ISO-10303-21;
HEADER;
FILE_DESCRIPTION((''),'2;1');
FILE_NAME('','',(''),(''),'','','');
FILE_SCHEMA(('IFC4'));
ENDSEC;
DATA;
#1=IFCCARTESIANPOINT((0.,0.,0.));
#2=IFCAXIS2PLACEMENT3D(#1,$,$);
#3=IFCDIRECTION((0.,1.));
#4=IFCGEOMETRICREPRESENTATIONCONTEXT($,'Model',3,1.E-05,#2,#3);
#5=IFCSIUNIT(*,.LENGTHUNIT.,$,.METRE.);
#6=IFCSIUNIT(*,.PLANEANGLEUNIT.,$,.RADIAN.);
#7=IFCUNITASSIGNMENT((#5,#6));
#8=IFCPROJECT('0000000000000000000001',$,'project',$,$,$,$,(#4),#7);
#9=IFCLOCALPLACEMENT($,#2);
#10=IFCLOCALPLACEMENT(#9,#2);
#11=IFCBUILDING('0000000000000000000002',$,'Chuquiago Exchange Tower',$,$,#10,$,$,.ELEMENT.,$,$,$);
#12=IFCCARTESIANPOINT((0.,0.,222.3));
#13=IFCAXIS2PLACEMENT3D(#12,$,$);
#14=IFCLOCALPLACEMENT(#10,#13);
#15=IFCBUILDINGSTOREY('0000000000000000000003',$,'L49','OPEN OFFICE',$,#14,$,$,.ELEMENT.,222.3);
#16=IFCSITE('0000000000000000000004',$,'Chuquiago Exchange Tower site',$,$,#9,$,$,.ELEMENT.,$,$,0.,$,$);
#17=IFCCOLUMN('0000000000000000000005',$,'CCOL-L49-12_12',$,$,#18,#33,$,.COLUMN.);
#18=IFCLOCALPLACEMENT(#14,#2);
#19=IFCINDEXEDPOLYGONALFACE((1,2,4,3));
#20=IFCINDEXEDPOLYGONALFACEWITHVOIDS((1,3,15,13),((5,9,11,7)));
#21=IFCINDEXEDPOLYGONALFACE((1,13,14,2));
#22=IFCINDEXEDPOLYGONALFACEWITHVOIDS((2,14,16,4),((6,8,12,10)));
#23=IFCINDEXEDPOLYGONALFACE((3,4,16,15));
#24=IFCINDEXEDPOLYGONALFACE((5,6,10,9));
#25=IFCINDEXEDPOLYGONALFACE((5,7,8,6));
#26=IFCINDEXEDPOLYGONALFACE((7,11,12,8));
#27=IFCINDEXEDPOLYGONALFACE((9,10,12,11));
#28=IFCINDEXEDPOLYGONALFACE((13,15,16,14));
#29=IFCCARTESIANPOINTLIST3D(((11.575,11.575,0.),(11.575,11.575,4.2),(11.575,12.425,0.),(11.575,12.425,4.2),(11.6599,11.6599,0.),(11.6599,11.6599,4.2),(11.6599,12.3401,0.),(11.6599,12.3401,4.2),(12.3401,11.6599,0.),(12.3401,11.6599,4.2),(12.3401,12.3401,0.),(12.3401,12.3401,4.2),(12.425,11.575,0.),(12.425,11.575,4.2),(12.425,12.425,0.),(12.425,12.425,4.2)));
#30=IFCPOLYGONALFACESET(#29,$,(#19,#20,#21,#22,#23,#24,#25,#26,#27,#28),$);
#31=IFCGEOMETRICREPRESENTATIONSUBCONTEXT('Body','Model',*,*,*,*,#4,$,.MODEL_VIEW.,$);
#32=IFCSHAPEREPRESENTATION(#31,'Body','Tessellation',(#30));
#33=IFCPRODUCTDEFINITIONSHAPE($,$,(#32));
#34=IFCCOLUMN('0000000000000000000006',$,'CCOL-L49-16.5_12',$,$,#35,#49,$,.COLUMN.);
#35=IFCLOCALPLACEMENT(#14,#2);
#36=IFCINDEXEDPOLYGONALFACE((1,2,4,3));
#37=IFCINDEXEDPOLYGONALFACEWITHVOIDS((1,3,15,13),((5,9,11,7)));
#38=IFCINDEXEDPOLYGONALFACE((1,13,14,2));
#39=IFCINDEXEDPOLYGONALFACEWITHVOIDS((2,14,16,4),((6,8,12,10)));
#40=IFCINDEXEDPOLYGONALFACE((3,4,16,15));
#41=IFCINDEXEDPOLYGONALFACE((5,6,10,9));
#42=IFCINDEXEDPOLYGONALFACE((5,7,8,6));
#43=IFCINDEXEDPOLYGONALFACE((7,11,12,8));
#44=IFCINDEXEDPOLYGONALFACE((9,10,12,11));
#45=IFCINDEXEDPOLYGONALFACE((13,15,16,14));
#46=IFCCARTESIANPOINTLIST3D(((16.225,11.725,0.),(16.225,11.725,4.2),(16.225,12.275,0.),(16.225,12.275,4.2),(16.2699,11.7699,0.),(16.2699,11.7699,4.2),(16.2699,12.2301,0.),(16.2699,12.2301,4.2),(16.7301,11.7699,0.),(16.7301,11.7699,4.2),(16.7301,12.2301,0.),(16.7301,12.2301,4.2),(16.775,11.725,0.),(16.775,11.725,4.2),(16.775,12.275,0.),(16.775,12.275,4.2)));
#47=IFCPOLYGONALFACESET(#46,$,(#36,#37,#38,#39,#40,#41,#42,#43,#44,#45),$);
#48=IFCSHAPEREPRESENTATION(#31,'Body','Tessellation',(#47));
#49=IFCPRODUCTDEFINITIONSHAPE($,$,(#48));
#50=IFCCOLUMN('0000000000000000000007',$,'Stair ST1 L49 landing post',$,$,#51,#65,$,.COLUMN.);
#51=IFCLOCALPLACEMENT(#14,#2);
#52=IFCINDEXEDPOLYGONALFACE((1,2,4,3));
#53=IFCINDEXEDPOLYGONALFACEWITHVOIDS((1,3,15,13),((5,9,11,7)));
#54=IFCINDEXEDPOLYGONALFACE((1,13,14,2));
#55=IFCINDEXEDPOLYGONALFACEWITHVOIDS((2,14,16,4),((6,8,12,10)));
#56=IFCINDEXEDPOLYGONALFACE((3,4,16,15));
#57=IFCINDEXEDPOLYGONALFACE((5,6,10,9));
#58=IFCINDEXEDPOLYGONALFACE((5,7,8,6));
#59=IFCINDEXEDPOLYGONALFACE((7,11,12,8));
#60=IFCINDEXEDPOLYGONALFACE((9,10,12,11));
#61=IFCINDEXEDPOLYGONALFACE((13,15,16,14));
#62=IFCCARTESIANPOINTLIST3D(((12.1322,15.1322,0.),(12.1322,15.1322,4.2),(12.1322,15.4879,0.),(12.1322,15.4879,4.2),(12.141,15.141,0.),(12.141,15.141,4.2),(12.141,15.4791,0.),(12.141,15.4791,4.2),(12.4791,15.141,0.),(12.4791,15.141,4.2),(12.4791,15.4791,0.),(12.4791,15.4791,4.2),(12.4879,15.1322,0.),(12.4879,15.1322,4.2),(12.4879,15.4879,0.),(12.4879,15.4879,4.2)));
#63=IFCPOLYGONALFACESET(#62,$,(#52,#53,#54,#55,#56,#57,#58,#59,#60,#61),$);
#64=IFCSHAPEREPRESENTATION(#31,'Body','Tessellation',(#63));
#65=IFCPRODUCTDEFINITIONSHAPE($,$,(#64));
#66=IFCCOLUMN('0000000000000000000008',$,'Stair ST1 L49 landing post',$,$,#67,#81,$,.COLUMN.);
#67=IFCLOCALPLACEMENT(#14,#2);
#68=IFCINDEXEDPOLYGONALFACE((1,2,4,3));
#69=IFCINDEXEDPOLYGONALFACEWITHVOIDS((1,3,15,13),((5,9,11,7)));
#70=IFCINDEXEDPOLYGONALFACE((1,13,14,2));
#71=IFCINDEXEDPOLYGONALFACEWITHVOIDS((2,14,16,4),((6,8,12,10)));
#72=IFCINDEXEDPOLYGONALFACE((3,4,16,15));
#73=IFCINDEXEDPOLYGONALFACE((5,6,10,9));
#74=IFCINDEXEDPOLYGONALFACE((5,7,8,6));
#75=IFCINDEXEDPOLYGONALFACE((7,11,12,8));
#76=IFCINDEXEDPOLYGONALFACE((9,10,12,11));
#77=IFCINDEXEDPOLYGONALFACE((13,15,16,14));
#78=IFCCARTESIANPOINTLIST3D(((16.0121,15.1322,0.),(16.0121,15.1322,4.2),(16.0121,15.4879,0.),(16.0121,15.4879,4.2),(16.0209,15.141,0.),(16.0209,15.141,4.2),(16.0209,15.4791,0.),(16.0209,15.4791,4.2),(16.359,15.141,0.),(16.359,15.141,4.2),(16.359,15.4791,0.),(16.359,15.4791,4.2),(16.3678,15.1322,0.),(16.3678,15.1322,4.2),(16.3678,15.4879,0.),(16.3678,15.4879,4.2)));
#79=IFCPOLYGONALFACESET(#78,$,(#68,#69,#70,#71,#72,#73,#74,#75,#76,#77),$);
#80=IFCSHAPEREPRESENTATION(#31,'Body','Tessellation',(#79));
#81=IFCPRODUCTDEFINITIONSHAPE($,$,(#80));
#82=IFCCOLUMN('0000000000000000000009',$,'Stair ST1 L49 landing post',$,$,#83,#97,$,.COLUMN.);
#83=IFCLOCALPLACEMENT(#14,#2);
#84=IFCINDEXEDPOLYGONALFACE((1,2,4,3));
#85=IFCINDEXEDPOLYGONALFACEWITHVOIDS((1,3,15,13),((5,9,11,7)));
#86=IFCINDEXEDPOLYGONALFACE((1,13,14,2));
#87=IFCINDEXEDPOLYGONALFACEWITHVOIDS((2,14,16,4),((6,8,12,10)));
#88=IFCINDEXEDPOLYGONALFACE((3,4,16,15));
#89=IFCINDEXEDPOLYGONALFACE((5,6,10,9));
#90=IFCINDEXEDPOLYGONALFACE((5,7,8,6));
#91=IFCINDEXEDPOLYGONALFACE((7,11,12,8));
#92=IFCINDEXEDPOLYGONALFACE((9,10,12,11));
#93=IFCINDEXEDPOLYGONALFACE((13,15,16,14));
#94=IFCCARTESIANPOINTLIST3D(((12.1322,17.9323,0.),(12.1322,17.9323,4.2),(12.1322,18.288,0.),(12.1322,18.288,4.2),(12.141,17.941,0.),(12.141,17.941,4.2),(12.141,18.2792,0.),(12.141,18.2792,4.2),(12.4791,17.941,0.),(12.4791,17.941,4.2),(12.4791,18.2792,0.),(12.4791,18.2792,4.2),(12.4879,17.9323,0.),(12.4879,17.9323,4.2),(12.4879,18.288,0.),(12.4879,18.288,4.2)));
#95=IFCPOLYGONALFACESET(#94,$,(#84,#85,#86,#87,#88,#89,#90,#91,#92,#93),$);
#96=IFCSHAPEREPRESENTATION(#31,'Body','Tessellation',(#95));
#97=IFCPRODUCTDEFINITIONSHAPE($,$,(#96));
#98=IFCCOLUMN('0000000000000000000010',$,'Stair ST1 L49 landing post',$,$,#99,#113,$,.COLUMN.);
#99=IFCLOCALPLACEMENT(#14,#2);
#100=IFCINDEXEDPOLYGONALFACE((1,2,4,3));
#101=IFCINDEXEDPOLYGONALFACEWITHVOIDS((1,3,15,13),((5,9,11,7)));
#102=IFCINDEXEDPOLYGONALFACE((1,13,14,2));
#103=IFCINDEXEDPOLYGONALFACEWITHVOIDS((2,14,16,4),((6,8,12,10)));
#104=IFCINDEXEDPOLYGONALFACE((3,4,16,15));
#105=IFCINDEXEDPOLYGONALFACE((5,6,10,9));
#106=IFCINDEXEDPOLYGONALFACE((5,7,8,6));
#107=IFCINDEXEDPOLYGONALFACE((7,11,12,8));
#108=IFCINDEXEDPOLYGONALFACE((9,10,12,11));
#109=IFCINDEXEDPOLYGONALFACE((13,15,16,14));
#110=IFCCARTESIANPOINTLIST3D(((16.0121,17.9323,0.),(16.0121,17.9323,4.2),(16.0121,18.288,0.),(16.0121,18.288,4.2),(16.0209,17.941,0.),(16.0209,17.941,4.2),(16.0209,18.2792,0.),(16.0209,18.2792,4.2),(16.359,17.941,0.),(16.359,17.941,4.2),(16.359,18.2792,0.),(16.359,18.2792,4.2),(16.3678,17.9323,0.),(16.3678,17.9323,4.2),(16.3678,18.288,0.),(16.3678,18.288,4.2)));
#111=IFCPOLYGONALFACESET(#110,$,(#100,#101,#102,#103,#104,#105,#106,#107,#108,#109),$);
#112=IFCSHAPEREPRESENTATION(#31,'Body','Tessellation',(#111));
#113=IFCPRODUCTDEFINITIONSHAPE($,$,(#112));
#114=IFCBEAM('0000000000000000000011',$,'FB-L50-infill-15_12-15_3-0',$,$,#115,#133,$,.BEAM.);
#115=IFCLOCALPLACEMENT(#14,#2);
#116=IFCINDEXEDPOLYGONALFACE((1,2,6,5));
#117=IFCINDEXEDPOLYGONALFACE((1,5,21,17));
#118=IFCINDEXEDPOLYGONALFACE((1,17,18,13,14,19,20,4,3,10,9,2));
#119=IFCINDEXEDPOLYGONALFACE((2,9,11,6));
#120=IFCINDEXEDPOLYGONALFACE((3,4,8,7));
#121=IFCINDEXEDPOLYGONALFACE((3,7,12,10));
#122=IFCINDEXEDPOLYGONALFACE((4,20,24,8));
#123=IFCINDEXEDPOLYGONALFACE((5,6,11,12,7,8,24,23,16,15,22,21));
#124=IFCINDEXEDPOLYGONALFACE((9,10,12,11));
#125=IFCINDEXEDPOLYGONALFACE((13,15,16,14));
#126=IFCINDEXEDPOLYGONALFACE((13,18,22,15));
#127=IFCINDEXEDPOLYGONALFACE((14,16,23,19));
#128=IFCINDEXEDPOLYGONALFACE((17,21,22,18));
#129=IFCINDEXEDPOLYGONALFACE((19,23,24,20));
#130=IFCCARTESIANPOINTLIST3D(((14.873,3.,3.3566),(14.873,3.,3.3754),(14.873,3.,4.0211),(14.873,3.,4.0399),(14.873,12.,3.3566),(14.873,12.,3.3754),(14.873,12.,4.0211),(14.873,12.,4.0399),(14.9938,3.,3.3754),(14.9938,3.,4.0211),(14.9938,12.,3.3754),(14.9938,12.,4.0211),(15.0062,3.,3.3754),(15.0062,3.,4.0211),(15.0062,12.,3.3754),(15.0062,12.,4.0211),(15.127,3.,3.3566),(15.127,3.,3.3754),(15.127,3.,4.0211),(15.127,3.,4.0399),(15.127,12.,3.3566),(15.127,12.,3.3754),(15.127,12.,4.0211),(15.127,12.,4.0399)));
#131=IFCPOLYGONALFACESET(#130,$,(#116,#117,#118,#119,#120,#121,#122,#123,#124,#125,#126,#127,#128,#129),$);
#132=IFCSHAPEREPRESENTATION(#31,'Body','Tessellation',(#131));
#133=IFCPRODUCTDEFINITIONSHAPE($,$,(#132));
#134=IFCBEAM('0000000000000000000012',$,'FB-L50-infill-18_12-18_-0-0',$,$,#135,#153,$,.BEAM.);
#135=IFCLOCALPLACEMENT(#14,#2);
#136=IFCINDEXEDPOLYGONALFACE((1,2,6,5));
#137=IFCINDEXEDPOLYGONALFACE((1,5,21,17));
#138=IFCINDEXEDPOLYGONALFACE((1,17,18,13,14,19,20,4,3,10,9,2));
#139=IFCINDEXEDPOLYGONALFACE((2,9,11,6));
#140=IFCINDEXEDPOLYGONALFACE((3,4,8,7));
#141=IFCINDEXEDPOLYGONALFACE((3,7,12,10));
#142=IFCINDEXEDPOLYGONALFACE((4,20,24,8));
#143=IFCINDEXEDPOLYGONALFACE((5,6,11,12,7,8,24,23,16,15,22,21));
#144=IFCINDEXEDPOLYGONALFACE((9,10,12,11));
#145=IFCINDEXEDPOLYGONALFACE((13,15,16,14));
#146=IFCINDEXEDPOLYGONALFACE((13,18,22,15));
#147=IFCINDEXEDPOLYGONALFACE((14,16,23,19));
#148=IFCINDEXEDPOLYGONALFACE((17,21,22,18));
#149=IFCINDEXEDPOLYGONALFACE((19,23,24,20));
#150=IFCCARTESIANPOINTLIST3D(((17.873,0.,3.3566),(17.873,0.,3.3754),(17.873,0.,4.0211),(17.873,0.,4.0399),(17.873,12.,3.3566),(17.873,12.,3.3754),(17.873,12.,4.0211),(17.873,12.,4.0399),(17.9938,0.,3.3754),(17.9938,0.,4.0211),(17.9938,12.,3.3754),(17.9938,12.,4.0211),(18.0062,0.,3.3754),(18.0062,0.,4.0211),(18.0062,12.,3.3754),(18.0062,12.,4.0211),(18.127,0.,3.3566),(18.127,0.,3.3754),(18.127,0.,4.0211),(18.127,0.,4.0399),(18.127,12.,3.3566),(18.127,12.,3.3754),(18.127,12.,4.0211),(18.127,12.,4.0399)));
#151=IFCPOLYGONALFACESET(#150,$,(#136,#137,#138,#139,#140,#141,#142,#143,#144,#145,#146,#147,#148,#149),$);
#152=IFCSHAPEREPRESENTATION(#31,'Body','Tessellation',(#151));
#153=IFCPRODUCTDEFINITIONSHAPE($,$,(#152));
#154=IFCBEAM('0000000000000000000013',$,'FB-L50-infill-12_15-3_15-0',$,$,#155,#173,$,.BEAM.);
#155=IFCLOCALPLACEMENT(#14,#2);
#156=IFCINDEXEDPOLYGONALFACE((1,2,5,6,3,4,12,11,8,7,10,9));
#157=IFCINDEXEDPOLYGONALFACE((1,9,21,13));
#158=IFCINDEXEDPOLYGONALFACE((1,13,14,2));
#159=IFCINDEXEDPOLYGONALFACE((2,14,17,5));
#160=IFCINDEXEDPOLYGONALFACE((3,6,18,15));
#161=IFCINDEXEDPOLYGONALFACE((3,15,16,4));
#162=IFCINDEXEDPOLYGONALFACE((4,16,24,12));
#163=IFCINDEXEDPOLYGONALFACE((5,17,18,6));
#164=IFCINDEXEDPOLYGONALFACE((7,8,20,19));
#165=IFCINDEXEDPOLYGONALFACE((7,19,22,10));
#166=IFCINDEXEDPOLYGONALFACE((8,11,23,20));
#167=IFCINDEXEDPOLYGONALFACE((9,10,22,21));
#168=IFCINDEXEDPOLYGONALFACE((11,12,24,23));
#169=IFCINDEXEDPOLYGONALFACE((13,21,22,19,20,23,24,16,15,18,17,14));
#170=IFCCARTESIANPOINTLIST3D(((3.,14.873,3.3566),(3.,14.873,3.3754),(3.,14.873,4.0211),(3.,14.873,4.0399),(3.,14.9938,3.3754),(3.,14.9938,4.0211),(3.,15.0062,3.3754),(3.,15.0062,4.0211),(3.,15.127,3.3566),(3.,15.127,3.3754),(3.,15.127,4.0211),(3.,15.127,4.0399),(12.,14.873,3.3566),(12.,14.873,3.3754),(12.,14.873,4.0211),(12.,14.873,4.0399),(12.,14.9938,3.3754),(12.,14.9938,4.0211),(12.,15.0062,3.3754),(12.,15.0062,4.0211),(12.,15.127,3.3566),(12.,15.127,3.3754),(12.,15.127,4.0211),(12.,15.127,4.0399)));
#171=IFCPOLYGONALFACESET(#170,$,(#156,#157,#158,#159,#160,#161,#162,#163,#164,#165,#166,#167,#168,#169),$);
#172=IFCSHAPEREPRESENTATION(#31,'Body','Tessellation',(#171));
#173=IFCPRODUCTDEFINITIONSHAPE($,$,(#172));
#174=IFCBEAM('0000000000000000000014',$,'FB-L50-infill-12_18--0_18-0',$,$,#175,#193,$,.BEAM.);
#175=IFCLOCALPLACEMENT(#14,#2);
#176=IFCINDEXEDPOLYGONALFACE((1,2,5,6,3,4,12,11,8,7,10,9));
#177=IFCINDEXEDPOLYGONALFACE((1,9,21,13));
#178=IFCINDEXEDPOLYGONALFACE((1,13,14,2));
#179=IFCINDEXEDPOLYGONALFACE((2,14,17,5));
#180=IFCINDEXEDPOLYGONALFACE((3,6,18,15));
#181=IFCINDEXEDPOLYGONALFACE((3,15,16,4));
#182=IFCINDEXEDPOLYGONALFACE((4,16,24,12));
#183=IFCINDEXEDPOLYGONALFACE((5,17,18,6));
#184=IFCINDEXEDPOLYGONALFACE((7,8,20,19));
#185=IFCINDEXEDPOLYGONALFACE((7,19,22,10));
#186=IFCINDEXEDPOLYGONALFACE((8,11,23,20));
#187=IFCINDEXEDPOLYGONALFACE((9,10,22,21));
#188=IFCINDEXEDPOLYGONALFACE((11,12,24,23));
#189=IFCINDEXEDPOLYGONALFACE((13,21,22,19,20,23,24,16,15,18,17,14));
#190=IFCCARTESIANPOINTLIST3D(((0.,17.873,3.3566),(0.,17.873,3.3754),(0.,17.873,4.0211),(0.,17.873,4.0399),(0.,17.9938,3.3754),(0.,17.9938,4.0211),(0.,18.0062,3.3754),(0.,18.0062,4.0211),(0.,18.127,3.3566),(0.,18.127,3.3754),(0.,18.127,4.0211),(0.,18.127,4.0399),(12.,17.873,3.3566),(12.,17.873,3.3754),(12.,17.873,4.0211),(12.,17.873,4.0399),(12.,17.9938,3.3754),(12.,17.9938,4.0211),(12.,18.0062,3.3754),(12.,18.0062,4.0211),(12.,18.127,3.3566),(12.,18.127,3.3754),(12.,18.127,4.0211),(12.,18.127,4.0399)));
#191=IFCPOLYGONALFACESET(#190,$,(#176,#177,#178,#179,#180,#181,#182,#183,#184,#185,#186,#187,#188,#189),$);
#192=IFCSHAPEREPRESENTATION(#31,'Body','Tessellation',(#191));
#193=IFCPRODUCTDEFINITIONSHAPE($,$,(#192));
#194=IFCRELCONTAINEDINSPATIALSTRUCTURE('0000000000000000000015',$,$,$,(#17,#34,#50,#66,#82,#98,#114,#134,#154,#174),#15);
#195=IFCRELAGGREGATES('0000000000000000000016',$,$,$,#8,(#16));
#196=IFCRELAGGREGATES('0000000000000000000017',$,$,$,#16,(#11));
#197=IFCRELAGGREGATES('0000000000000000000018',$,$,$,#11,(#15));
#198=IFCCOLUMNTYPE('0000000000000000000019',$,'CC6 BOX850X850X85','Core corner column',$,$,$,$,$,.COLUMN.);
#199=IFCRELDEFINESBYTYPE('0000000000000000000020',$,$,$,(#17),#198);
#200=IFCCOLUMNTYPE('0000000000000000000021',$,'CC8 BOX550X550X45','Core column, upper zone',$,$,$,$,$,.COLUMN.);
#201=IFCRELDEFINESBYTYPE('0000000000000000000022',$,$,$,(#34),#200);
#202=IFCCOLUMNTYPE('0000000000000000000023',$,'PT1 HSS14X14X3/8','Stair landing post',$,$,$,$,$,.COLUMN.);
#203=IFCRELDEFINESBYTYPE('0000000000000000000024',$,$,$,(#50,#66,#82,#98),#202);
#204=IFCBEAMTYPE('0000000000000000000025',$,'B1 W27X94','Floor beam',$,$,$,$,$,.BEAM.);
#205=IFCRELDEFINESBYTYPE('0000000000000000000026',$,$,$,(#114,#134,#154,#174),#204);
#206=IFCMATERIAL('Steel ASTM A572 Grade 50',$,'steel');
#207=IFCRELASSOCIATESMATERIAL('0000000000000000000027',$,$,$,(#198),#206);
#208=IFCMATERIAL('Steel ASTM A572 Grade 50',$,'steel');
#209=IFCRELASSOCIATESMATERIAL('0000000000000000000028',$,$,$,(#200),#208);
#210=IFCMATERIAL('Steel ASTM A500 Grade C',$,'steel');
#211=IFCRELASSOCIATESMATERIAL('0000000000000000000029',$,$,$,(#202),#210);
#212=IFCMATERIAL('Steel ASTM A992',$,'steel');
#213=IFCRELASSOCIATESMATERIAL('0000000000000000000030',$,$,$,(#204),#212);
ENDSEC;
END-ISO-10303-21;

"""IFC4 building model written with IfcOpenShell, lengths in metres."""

from ifc_helpers import new_model, si_unit, direction, frame, origin, origin_2d, place, context, subcontext, project, spatial, hollow_rectangle, i_section, extrude, material, material_profile, profile_set, type_object, element, save


model = new_model("IFC4")

# Units and contexts
model_context = context("Model", 3, precision=1e-05, world=origin(), true_north=direction((0.0, 1.0)))
body_context = subcontext(model_context, "Body", "Model", "MODEL_VIEW")
ifc_project = project(units=[si_unit("LENGTHUNIT", "METRE"), si_unit("PLANEANGLEUNIT", "RADIAN")], contexts=[model_context])

# Site, building, storey
site_placement = place(None, origin())
site = spatial("IfcSite", under=ifc_project, at=site_placement, Name="Chuquiago Exchange Tower site", CompositionType="ELEMENT", RefElevation=0.0)
building_placement = place(site_placement, origin())
building = spatial("IfcBuilding", under=site, at=building_placement, Name="Chuquiago Exchange Tower", CompositionType="ELEMENT")
storey_placement = place(building_placement, frame((0.0, 0.0, 222.3)))
storey = spatial("IfcBuildingStorey", under=building, at=storey_placement, Name="L49", Description="OPEN OFFICE", CompositionType="ELEMENT", Elevation=222.3)

# Columns
ifc_material_1 = material(Name="Steel ASTM A572 Grade 50", Category="steel")
ifc_material_profile_1 = material_profile(ifc_material_1, hollow_rectangle(XDim=0.8501, YDim=0.8501, WallThickness=0.085, at=origin_2d()), Name="BOX850X850X85")
ifc_profile_set_1 = profile_set([ifc_material_profile_1], Name="Steel ASTM A572 Grade 50")
column_type_1 = type_object("IfcColumnType", Name="CC6 BOX850X850X85", Description="Core corner column", PredefinedType="COLUMN", material=ifc_profile_set_1)
column_1_placement = place(storey_placement, frame((12.0, 12.0, 0.0), z_axis=(0.0, 0.0, 1.0), x_axis=(1.0, 0.0, 0.0)))
element("IfcColumn", 1, at=column_1_placement, inside=storey, type_object=column_type_1, Name="CCOL-L49-12_12", PredefinedType="COLUMN", context=body_context, shape_type="SweptSolid", body=[
    extrude(hollow_rectangle(XDim=0.8501, YDim=0.8501, WallThickness=0.085, at=origin_2d()), origin(), (0.0, 0.0, 1.0), 4.2),
])
ifc_material_2 = material(Name="Steel ASTM A572 Grade 50", Category="steel")
ifc_material_profile_2 = material_profile(ifc_material_2, hollow_rectangle(XDim=0.55, YDim=0.55, WallThickness=0.0449, at=origin_2d()), Name="BOX550X550X45")
ifc_profile_set_2 = profile_set([ifc_material_profile_2], Name="Steel ASTM A572 Grade 50")
column_type_2 = type_object("IfcColumnType", Name="CC8 BOX550X550X45", Description="Core column, upper zone", PredefinedType="COLUMN", material=ifc_profile_set_2)
column_2_placement = place(storey_placement, frame((16.5, 12.0, 0.0), z_axis=(0.0, 0.0, 1.0), x_axis=(1.0, 0.0, 0.0)))
element("IfcColumn", 2, at=column_2_placement, inside=storey, type_object=column_type_2, Name="CCOL-L49-16.5_12", PredefinedType="COLUMN", context=body_context, shape_type="SweptSolid", body=[
    extrude(hollow_rectangle(XDim=0.55, YDim=0.55, WallThickness=0.0449, at=origin_2d()), origin(), (0.0, 0.0, 1.0), 4.2),
])
ifc_material_3 = material(Name="Steel ASTM A500 Grade C", Category="steel")
ifc_material_profile_3 = material_profile(ifc_material_3, hollow_rectangle(XDim=0.3557, YDim=0.3557, WallThickness=0.0088, at=origin_2d()), Name="HSS14X14X3/8")
ifc_profile_set_3 = profile_set([ifc_material_profile_3], Name="Steel ASTM A500 Grade C")
column_type_3 = type_object("IfcColumnType", Name="PT1 HSS14X14X3/8", Description="Stair landing post", PredefinedType="COLUMN", material=ifc_profile_set_3)
for number, where, z_axis, x_axis, name in (
    (3, (12.3101, 15.3101, 0.0), (0.0, 0.0, 1.0), (1.0, 0.0, 0.0), "Stair ST1 L49 landing post"),
    (4, (16.1899, 15.3101, 0.0), (0.0, 0.0, 1.0), (1.0, 0.0, 0.0), "Stair ST1 L49 landing post"),
    (5, (12.3101, 18.1101, 0.0), (0.0, 0.0, 1.0), (1.0, 0.0, 0.0), "Stair ST1 L49 landing post"),
    (6, (16.1899, 18.1101, 0.0), (0.0, 0.0, 1.0), (1.0, 0.0, 0.0), "Stair ST1 L49 landing post"),
):
    element("IfcColumn", number, at=place(storey_placement, frame(where, z_axis=z_axis, x_axis=x_axis)), inside=storey, type_object=column_type_3, Name=name, PredefinedType="COLUMN", context=body_context, shape_type="SweptSolid", body=[
        extrude(hollow_rectangle(XDim=0.3557, YDim=0.3557, WallThickness=0.0088, at=origin_2d()), origin(), (0.0, 0.0, 1.0), 4.2),
    ])

# Beams
ifc_material_4 = material(Name="Steel ASTM A992", Category="steel")
ifc_material_profile_4 = material_profile(ifc_material_4, i_section(OverallWidth=0.2539, OverallDepth=0.6833, WebThickness=0.0125, FlangeThickness=0.0188, at=origin_2d()), Name="W27X94")
ifc_profile_set_4 = profile_set([ifc_material_profile_4], Name="Steel ASTM A992")
beam_type_1 = type_object("IfcBeamType", Name="B1 W27X94", Description="Floor beam", PredefinedType="BEAM", material=ifc_profile_set_4)
beam_1_placement = place(storey_placement, frame((15.0, 12.0, 3.6982), z_axis=(0.0, -1.0, 0.0), x_axis=(1.0, 0.0, 0.0)))
element("IfcBeam", 7, at=beam_1_placement, inside=storey, type_object=beam_type_1, Name="FB-L50-infill-15_12-15_3-0", PredefinedType="BEAM", context=body_context, shape_type="SweptSolid", body=[
    extrude(i_section(OverallWidth=0.2539, OverallDepth=0.6833, WebThickness=0.0125, FlangeThickness=0.0188, at=origin_2d()), origin(), (0.0, 0.0, 1.0), 9.0),
])
beam_2_placement = place(storey_placement, frame((18.0, 12.0, 3.6982), z_axis=(0.0, -1.0, 0.0), x_axis=(1.0, 0.0, 0.0)))
element("IfcBeam", 8, at=beam_2_placement, inside=storey, type_object=beam_type_1, Name="FB-L50-infill-18_12-18_-0-0", PredefinedType="BEAM", context=body_context, shape_type="SweptSolid", body=[
    extrude(i_section(OverallWidth=0.2539, OverallDepth=0.6833, WebThickness=0.0125, FlangeThickness=0.0188, at=origin_2d()), origin(), (0.0, 0.0, 1.0), 12.0),
])
beam_3_placement = place(storey_placement, frame((12.0, 15.0, 3.6982), z_axis=(-1.0, 0.0, 0.0), x_axis=(0.0, -1.0, 0.0)))
element("IfcBeam", 9, at=beam_3_placement, inside=storey, type_object=beam_type_1, Name="FB-L50-infill-12_15-3_15-0", PredefinedType="BEAM", context=body_context, shape_type="SweptSolid", body=[
    extrude(i_section(OverallWidth=0.2539, OverallDepth=0.6833, WebThickness=0.0125, FlangeThickness=0.0188, at=origin_2d()), origin(), (0.0, 0.0, 1.0), 9.0),
])
beam_4_placement = place(storey_placement, frame((12.0, 18.0, 3.6982), z_axis=(-1.0, 0.0, 0.0), x_axis=(0.0, -1.0, 0.0)))
element("IfcBeam", 10, at=beam_4_placement, inside=storey, type_object=beam_type_1, Name="FB-L50-infill-12_18--0_18-0", PredefinedType="BEAM", context=body_context, shape_type="SweptSolid", body=[
    extrude(i_section(OverallWidth=0.2539, OverallDepth=0.6833, WebThickness=0.0125, FlangeThickness=0.0188, at=origin_2d()), origin(), (0.0, 0.0, 1.0), 12.0),
])

save(model, "model.ifc")
